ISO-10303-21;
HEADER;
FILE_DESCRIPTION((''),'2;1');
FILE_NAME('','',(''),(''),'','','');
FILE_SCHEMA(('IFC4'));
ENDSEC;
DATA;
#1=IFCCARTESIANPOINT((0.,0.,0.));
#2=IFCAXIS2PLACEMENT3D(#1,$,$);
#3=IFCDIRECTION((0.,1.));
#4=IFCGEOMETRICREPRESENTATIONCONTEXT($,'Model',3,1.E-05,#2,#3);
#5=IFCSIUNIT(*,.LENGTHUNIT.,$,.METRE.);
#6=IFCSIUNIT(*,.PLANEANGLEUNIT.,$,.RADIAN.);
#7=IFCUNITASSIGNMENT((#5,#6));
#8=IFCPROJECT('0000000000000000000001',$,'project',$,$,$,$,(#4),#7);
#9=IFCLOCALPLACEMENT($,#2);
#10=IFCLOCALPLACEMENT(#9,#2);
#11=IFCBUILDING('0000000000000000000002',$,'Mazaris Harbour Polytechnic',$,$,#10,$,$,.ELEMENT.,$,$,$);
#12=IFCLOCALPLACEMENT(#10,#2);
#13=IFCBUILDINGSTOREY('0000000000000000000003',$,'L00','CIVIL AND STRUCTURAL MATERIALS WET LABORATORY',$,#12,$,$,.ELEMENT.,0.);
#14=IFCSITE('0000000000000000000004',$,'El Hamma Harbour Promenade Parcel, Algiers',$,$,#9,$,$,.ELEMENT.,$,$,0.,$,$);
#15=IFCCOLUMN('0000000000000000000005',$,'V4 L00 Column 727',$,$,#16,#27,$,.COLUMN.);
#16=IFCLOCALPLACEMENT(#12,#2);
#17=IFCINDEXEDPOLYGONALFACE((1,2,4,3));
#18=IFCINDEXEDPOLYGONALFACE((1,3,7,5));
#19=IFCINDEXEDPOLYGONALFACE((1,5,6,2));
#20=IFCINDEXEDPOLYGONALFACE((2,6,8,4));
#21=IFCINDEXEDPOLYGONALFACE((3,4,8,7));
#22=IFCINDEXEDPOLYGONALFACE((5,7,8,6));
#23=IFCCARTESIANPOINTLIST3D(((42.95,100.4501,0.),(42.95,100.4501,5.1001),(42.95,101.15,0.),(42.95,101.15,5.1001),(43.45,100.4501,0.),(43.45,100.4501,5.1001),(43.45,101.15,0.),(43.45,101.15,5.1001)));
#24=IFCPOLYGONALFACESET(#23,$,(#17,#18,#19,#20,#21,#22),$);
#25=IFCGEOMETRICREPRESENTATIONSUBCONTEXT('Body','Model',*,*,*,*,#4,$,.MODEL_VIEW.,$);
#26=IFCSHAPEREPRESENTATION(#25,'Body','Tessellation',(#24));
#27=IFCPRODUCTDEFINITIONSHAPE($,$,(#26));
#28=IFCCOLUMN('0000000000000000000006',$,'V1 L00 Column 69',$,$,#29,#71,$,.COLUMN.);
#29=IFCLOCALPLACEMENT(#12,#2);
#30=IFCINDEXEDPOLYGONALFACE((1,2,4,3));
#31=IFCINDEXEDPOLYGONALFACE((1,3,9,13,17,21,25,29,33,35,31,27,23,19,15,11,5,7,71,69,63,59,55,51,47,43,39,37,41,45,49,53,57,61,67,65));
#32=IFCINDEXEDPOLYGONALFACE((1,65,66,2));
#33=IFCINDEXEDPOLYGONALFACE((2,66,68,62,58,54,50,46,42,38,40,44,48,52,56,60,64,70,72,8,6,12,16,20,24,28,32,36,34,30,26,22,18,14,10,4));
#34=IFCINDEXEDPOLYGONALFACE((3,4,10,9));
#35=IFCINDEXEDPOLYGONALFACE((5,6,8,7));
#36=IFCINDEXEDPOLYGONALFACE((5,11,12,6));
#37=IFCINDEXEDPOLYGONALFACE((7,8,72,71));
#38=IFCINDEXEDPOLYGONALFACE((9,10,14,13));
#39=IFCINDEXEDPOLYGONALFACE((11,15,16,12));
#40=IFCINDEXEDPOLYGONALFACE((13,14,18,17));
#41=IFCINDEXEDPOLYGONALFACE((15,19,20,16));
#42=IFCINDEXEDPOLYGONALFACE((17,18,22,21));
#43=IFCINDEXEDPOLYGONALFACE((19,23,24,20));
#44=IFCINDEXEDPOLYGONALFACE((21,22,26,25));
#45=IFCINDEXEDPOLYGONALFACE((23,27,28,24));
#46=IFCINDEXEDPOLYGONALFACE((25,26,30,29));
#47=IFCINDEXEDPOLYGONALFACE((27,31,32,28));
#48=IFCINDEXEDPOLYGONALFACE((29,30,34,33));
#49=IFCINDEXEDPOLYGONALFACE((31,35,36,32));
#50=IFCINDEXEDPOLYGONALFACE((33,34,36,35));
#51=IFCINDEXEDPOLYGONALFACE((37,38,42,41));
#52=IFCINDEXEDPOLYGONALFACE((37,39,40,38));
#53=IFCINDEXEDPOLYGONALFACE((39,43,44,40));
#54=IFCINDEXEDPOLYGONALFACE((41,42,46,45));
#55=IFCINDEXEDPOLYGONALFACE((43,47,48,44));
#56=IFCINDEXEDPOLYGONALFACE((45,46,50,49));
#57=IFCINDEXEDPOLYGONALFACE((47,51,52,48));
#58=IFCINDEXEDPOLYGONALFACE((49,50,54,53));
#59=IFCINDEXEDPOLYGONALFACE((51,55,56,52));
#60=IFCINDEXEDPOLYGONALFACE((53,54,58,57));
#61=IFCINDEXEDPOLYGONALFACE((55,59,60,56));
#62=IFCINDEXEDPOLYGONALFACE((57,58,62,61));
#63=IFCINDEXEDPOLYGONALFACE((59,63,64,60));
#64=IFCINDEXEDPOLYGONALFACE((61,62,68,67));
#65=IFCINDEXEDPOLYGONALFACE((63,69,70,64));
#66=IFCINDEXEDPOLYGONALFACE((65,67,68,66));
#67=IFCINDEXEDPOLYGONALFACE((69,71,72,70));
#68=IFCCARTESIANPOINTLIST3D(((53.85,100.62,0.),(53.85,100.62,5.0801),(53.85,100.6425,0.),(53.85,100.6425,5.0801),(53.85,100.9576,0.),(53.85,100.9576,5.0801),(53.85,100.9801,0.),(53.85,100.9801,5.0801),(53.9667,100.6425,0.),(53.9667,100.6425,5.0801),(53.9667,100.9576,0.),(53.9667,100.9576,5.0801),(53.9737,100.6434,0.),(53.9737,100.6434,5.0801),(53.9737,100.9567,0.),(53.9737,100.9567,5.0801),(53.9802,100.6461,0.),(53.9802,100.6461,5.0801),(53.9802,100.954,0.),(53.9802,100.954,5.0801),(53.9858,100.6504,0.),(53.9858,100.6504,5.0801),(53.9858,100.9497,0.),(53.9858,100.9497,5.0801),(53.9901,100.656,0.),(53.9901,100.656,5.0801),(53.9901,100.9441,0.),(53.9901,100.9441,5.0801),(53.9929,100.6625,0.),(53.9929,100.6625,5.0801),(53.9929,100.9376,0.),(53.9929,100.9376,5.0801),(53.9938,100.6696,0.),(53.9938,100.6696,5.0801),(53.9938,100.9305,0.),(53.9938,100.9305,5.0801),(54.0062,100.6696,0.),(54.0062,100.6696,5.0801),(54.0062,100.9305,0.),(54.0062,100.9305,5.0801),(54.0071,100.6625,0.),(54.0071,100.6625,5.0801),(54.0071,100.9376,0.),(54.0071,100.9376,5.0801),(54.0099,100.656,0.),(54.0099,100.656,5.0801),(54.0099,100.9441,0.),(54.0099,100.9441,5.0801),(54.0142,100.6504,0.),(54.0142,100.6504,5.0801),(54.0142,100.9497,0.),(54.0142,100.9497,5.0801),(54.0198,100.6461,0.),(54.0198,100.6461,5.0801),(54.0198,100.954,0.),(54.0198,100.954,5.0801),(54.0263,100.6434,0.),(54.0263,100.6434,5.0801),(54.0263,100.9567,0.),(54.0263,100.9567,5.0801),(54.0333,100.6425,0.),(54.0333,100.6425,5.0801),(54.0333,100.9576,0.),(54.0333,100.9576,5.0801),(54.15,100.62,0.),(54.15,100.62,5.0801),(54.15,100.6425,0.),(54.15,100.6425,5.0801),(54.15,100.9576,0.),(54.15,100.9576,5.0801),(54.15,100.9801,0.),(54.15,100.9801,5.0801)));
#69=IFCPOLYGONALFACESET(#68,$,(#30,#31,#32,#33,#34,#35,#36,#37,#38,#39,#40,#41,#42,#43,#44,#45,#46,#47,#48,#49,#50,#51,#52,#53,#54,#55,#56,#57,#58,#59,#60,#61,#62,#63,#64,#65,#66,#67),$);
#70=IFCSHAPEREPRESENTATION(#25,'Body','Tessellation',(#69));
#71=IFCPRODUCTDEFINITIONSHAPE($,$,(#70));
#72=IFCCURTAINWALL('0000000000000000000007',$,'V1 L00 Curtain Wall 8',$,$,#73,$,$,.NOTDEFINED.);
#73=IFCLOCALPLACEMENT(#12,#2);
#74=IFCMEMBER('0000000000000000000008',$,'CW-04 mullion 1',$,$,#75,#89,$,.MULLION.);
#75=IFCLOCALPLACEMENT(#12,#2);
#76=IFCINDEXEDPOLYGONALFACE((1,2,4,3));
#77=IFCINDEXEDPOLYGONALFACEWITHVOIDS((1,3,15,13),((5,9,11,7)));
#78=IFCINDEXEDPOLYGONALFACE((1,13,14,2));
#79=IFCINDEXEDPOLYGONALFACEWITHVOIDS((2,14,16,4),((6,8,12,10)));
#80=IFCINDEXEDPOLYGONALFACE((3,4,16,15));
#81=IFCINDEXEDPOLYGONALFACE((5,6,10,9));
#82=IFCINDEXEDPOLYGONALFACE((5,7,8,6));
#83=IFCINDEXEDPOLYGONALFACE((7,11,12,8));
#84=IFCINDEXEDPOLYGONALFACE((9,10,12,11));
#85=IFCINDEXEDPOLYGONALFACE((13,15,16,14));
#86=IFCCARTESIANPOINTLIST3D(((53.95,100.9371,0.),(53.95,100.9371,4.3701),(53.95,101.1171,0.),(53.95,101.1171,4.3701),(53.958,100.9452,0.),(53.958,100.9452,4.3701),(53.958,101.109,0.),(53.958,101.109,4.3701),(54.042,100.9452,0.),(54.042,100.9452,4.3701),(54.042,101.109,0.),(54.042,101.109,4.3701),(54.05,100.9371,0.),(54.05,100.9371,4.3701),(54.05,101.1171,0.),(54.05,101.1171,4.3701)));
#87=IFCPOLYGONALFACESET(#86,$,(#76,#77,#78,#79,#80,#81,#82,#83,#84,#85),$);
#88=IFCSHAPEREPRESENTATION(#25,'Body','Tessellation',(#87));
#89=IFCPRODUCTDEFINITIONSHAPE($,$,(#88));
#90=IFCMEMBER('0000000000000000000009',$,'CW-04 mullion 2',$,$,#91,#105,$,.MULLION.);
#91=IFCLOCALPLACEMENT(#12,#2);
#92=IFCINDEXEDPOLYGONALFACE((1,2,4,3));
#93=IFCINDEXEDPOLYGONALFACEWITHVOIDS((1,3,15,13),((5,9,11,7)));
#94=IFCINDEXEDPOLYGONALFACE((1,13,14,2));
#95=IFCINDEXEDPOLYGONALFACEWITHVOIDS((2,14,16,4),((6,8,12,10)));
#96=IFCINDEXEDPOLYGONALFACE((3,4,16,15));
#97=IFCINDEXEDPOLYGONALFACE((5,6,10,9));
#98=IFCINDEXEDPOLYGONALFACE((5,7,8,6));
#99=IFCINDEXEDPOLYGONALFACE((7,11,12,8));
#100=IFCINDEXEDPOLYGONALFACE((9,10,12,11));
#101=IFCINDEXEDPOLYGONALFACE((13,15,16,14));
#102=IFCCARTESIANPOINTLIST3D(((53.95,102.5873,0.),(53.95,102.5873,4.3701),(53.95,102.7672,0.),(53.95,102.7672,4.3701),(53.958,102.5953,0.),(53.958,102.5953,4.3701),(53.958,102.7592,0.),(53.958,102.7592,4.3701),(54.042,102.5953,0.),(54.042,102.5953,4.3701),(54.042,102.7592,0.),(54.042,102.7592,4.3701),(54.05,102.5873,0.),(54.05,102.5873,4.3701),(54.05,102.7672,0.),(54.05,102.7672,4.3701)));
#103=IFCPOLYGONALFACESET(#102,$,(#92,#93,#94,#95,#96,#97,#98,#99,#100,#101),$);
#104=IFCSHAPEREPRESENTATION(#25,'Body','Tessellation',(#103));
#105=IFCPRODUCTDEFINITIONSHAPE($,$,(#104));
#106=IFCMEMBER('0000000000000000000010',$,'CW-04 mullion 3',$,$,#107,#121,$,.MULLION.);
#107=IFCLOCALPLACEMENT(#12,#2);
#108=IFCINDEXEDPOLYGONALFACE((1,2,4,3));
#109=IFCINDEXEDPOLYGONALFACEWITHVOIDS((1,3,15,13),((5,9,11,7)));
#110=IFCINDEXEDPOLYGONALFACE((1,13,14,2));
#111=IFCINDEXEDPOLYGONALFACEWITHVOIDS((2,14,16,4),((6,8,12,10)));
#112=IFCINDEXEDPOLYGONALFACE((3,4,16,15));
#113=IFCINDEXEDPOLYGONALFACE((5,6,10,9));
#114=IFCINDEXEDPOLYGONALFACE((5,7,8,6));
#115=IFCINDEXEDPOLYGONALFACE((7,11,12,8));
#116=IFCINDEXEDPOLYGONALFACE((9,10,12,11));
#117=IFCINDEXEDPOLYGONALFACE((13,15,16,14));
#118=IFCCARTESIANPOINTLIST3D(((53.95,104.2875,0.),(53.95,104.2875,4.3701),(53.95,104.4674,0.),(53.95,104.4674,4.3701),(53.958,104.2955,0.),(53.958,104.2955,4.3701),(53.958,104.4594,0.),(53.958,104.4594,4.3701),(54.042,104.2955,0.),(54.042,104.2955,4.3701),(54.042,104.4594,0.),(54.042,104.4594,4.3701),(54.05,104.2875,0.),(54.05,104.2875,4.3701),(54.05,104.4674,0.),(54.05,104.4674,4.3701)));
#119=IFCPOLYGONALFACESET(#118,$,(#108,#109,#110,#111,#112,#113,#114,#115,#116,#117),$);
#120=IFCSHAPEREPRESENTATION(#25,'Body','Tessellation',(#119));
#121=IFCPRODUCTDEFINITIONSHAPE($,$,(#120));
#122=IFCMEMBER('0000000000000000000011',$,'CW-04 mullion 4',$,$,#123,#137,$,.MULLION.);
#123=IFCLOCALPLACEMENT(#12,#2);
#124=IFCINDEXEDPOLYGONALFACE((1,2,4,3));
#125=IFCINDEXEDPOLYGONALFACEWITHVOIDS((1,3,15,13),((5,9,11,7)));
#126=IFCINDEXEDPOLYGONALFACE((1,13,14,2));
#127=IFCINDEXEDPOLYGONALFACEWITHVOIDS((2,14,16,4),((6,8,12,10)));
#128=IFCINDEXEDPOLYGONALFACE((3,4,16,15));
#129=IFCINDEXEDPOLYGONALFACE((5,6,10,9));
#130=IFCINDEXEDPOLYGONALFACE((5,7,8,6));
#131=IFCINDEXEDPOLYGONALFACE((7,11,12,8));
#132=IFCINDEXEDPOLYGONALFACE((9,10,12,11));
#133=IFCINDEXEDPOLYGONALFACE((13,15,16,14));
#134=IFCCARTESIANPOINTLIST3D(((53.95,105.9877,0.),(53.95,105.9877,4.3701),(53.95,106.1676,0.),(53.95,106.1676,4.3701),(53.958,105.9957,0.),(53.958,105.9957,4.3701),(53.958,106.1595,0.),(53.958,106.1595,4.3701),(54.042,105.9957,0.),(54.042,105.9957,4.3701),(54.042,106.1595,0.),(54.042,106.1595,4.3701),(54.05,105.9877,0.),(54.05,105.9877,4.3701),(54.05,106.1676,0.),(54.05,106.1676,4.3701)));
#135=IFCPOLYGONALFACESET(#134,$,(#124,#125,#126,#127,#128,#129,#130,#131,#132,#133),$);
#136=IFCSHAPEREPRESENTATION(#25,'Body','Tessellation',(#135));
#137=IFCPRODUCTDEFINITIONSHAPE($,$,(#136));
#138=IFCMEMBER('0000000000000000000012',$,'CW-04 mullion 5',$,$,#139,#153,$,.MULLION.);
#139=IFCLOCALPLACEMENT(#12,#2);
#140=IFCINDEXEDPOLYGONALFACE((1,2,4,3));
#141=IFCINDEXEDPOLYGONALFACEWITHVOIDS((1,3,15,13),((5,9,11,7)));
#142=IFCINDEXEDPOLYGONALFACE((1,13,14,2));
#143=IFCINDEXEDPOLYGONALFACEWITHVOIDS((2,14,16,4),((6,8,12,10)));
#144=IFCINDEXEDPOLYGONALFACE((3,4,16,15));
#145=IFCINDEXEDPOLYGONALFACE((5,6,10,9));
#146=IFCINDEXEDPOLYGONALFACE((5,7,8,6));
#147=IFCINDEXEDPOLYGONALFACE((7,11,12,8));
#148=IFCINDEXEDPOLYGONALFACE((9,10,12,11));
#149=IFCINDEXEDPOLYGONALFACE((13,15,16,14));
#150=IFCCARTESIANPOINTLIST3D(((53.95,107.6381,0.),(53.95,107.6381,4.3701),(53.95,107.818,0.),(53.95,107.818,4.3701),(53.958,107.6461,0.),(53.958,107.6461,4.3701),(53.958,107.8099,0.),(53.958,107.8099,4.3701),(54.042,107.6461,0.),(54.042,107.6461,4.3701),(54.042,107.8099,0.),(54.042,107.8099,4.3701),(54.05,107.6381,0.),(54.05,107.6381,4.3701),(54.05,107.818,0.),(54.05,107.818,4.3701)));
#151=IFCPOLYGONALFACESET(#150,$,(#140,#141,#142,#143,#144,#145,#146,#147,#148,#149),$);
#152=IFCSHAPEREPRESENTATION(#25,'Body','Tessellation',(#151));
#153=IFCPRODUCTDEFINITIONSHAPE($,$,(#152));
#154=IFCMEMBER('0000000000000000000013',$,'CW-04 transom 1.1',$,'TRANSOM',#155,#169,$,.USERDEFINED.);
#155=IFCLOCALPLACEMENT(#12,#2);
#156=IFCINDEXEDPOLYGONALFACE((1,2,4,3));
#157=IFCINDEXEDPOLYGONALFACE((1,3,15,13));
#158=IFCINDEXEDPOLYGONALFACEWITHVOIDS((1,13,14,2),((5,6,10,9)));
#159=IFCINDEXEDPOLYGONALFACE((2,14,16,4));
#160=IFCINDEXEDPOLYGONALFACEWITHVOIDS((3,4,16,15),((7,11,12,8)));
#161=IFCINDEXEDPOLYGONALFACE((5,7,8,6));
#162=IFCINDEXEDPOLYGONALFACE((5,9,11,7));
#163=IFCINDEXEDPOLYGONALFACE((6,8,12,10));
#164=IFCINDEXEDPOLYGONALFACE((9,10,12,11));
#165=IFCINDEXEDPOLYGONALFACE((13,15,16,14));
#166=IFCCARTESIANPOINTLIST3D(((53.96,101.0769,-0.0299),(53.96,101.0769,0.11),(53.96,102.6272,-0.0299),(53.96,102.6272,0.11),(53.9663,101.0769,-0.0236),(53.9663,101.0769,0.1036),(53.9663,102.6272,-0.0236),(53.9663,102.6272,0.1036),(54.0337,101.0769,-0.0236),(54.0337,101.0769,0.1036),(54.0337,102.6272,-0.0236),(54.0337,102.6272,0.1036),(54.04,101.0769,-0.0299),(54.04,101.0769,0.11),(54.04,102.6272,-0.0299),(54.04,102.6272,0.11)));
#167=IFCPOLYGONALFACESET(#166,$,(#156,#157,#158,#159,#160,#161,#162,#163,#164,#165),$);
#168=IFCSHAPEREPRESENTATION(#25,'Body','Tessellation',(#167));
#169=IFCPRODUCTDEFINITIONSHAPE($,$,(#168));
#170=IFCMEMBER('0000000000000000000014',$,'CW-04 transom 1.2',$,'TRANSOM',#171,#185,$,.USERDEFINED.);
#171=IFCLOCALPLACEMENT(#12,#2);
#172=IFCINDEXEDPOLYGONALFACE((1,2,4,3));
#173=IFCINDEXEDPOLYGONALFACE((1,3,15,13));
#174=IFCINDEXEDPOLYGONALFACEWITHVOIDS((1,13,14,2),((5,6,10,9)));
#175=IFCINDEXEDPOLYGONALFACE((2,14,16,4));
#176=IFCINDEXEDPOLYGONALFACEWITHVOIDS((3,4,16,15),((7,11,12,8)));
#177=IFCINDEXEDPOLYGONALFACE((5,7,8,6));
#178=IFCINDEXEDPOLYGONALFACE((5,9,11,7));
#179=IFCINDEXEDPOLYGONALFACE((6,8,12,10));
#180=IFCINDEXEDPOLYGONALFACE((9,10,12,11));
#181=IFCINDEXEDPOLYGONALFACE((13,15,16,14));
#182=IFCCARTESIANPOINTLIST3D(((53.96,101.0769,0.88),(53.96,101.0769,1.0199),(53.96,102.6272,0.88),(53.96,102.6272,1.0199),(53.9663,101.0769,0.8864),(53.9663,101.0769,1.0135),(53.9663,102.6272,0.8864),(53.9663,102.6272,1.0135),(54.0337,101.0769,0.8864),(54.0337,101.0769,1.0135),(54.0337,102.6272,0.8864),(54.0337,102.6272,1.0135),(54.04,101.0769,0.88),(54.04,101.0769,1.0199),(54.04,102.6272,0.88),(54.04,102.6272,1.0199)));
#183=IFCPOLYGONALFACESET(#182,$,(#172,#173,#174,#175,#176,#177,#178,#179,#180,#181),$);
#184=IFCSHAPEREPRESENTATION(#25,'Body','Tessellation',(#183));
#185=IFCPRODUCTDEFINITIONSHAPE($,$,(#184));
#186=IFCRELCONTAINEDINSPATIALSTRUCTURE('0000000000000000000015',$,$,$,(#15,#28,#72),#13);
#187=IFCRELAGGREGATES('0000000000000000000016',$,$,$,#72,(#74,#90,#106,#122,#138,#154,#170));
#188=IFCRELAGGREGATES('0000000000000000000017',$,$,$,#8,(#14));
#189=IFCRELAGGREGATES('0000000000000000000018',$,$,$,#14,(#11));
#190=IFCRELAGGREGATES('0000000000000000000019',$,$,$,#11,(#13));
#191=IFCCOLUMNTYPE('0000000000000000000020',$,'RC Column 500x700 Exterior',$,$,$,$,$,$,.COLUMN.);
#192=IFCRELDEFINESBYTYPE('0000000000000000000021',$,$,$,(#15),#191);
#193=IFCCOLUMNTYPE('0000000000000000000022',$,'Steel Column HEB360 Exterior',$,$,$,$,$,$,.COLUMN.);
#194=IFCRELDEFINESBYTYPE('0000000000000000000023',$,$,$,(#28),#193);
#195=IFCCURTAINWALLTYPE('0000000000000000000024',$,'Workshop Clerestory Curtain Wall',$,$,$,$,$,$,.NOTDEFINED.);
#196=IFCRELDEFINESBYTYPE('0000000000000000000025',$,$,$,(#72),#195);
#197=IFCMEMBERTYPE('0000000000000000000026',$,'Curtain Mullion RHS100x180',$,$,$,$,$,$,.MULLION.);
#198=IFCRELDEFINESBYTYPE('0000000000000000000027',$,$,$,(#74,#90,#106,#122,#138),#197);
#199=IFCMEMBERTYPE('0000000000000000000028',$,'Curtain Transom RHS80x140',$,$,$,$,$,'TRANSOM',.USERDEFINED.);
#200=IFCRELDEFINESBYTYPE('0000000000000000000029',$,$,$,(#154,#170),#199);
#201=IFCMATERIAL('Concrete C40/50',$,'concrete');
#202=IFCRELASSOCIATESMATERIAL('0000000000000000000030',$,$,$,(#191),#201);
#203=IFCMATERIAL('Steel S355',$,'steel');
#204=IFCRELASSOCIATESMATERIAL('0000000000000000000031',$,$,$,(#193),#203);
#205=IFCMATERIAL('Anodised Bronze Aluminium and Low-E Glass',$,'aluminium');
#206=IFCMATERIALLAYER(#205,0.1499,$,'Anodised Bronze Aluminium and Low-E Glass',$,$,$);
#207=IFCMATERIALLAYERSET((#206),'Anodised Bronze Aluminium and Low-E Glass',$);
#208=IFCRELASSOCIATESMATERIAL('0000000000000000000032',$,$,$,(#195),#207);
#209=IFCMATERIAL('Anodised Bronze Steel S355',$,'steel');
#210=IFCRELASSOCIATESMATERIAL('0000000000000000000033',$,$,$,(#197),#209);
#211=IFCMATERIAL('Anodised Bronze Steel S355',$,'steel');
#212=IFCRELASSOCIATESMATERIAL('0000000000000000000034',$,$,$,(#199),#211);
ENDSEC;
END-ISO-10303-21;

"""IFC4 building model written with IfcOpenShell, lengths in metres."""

from ifc_helpers import new_model, si_unit, direction, frame, origin, origin_2d, place, context, subcontext, project, spatial, rectangle, hollow_rectangle, i_section, extrude, material, layer, layer_set, material_profile, profile_set, type_object, element, aggregate, save


model = new_model("IFC4")

# Units and contexts
model_context = context("Model", 3, precision=1e-05, world=origin(), true_north=direction((0.0, 1.0)))
body_context = subcontext(model_context, "Body", "Model", "MODEL_VIEW")
ifc_project = project(units=[si_unit("LENGTHUNIT", "METRE"), si_unit("PLANEANGLEUNIT", "RADIAN")], contexts=[model_context])

# Site, building, storey
site_placement = place(None, origin())
site = spatial("IfcSite", under=ifc_project, at=site_placement, Name="El Hamma Harbour Promenade Parcel, Algiers", CompositionType="ELEMENT", RefElevation=0.0)
building_placement = place(site_placement, origin())
building = spatial("IfcBuilding", under=site, at=building_placement, Name="Mazaris Harbour Polytechnic", CompositionType="ELEMENT")
storey_placement = place(building_placement, origin())
storey = spatial("IfcBuildingStorey", under=building, at=storey_placement, Name="L00", Description="CIVIL AND STRUCTURAL MATERIALS WET LABORATORY", CompositionType="ELEMENT", Elevation=0.0)

# Columns
ifc_material_1 = material(Name="Concrete C40/50", Category="concrete")
ifc_material_profile_1 = material_profile(ifc_material_1, rectangle(XDim=0.5, YDim=0.7, at=origin_2d()), Name="RECT500x700")
ifc_profile_set_1 = profile_set([ifc_material_profile_1], Name="Concrete C40/50")
column_type_1 = type_object("IfcColumnType", Name="RC Column 500x700 Exterior", PredefinedType="COLUMN", material=ifc_profile_set_1)
column_1_placement = place(storey_placement, frame((43.2, 100.8, 0.0), z_axis=(0.0, 0.0, 1.0), x_axis=(1.0, 0.0, 0.0)))
element("IfcColumn", 1, at=column_1_placement, inside=storey, type_object=column_type_1, Name="V4 L00 Column 727", PredefinedType="COLUMN", context=body_context, shape_type="SweptSolid", body=[
    extrude(rectangle(XDim=0.5, YDim=0.7, at=origin_2d()), origin(), (0.0, 0.0, 1.0), 5.1001),
])
ifc_material_2 = material(Name="Steel S355", Category="steel")
ifc_material_profile_2 = material_profile(ifc_material_2, i_section(OverallWidth=0.3, OverallDepth=0.3601, WebThickness=0.0125, FlangeThickness=0.0225, FilletRadius=0.0271, at=origin_2d()), Name="HEB 360")
ifc_profile_set_2 = profile_set([ifc_material_profile_2], Name="Steel S355")
column_type_2 = type_object("IfcColumnType", Name="Steel Column HEB360 Exterior", PredefinedType="COLUMN", material=ifc_profile_set_2)
column_2_placement = place(storey_placement, frame((54.0, 100.8, 0.0), z_axis=(0.0, 0.0, 1.0), x_axis=(1.0, 0.0, 0.0)))
element("IfcColumn", 2, at=column_2_placement, inside=storey, type_object=column_type_2, Name="V1 L00 Column 69", PredefinedType="COLUMN", context=body_context, shape_type="SweptSolid", body=[
    extrude(i_section(OverallWidth=0.3, OverallDepth=0.3601, WebThickness=0.0125, FlangeThickness=0.0225, FilletRadius=0.0271, at=origin_2d()), origin(), (0.0, 0.0, 1.0), 5.0801),
])

# Curtain wall, members
ifc_material_3 = material(Name="Anodised Bronze Aluminium and Low-E Glass", Category="aluminium")
ifc_layer_1 = layer(ifc_material_3, 0.1499, Name="Anodised Bronze Aluminium and Low-E Glass")
ifc_layer_set_1 = layer_set([ifc_layer_1], Name="Anodised Bronze Aluminium and Low-E Glass")
curtain_wall_type = type_object("IfcCurtainWallType", Name="Workshop Clerestory Curtain Wall", PredefinedType="NOTDEFINED", material=ifc_layer_set_1)
curtain_wall_placement = place(storey_placement, origin())
curtain_wall = element("IfcCurtainWall", 3, at=curtain_wall_placement, inside=storey, type_object=curtain_wall_type, Name="V1 L00 Curtain Wall 8", PredefinedType="NOTDEFINED")
ifc_material_4 = material(Name="Anodised Bronze Steel S355", Category="steel")
ifc_material_profile_3 = material_profile(ifc_material_4, hollow_rectangle(XDim=0.1001, YDim=0.1799, WallThickness=0.0081, at=origin_2d()), Name="RHS 100x180x8.0")
ifc_profile_set_3 = profile_set([ifc_material_profile_3], Name="Anodised Bronze Steel S355")
member_type_1 = type_object("IfcMemberType", Name="Curtain Mullion RHS100x180", PredefinedType="MULLION", material=ifc_profile_set_3)
member_1_placement = place(storey_placement, frame((54.0, 101.0271, 0.0), z_axis=(0.0, 0.0, 1.0), x_axis=(-1.0, 0.0, 0.0)))
member_1 = element("IfcMember", 4, at=member_1_placement, type_object=member_type_1, Name="CW-04 mullion 1", PredefinedType="MULLION", context=body_context, shape_type="SweptSolid", body=[
    extrude(hollow_rectangle(XDim=0.1001, YDim=0.1799, WallThickness=0.0081, at=origin_2d()), origin(), (0.0, 0.0, 1.0), 4.3701),
])
member_2_placement = place(storey_placement, frame((54.0, 102.6772, 0.0), z_axis=(0.0, 0.0, 1.0), x_axis=(-1.0, 0.0, 0.0)))
member_2 = element("IfcMember", 5, at=member_2_placement, type_object=member_type_1, Name="CW-04 mullion 2", PredefinedType="MULLION", context=body_context, shape_type="SweptSolid", body=[
    extrude(hollow_rectangle(XDim=0.1001, YDim=0.1799, WallThickness=0.0081, at=origin_2d()), origin(), (0.0, 0.0, 1.0), 4.3701),
])
member_3_placement = place(storey_placement, frame((54.0, 104.3774, 0.0), z_axis=(0.0, 0.0, 1.0), x_axis=(-1.0, 0.0, 0.0)))
member_3 = element("IfcMember", 6, at=member_3_placement, type_object=member_type_1, Name="CW-04 mullion 3", PredefinedType="MULLION", context=body_context, shape_type="SweptSolid", body=[
    extrude(hollow_rectangle(XDim=0.1001, YDim=0.1799, WallThickness=0.0081, at=origin_2d()), origin(), (0.0, 0.0, 1.0), 4.3701),
])
member_4_placement = place(storey_placement, frame((54.0, 106.0776, 0.0), z_axis=(0.0, 0.0, 1.0), x_axis=(-1.0, 0.0, 0.0)))
member_4 = element("IfcMember", 7, at=member_4_placement, type_object=member_type_1, Name="CW-04 mullion 4", PredefinedType="MULLION", context=body_context, shape_type="SweptSolid", body=[
    extrude(hollow_rectangle(XDim=0.1001, YDim=0.1799, WallThickness=0.0081, at=origin_2d()), origin(), (0.0, 0.0, 1.0), 4.3701),
])
member_5_placement = place(storey_placement, frame((54.0, 107.728, 0.0), z_axis=(0.0, 0.0, 1.0), x_axis=(-1.0, 0.0, 0.0)))
member_5 = element("IfcMember", 8, at=member_5_placement, type_object=member_type_1, Name="CW-04 mullion 5", PredefinedType="MULLION", context=body_context, shape_type="SweptSolid", body=[
    extrude(hollow_rectangle(XDim=0.1001, YDim=0.1799, WallThickness=0.0081, at=origin_2d()), origin(), (0.0, 0.0, 1.0), 4.3701),
])
ifc_material_5 = material(Name="Anodised Bronze Steel S355", Category="steel")
ifc_material_profile_4 = material_profile(ifc_material_5, hollow_rectangle(XDim=0.0801, YDim=0.1399, WallThickness=0.0063, at=origin_2d()), Name="RHS 80x140x6.3")
ifc_profile_set_4 = profile_set([ifc_material_profile_4], Name="Anodised Bronze Steel S355")
member_type_2 = type_object("IfcMemberType", Name="Curtain Transom RHS80x140", ElementType="TRANSOM", PredefinedType="USERDEFINED", material=ifc_profile_set_4)
member_6_placement = place(storey_placement, frame((54.0, 101.0769, 0.04), z_axis=(0.0, 1.0, 0.0), x_axis=(-1.0, 0.0, 0.0)))
member_6 = element("IfcMember", 9, at=member_6_placement, type_object=member_type_2, Name="CW-04 transom 1.1", ObjectType="TRANSOM", PredefinedType="USERDEFINED", context=body_context, shape_type="SweptSolid", body=[
    extrude(hollow_rectangle(XDim=0.0801, YDim=0.1399, WallThickness=0.0063, at=origin_2d()), origin(), (0.0, 0.0, 1.0), 1.5503),
])
member_7_placement = place(storey_placement, frame((54.0, 101.0769, 0.95), z_axis=(0.0, 1.0, 0.0), x_axis=(-1.0, 0.0, 0.0)))
member_7 = element("IfcMember", 10, at=member_7_placement, type_object=member_type_2, Name="CW-04 transom 1.2", ObjectType="TRANSOM", PredefinedType="USERDEFINED", context=body_context, shape_type="SweptSolid", body=[
    extrude(hollow_rectangle(XDim=0.0801, YDim=0.1399, WallThickness=0.0063, at=origin_2d()), origin(), (0.0, 0.0, 1.0), 1.5503),
])

aggregate(curtain_wall, [member_1, member_2, member_3, member_4, member_5, member_6, member_7])

save(model, "model.ifc")
